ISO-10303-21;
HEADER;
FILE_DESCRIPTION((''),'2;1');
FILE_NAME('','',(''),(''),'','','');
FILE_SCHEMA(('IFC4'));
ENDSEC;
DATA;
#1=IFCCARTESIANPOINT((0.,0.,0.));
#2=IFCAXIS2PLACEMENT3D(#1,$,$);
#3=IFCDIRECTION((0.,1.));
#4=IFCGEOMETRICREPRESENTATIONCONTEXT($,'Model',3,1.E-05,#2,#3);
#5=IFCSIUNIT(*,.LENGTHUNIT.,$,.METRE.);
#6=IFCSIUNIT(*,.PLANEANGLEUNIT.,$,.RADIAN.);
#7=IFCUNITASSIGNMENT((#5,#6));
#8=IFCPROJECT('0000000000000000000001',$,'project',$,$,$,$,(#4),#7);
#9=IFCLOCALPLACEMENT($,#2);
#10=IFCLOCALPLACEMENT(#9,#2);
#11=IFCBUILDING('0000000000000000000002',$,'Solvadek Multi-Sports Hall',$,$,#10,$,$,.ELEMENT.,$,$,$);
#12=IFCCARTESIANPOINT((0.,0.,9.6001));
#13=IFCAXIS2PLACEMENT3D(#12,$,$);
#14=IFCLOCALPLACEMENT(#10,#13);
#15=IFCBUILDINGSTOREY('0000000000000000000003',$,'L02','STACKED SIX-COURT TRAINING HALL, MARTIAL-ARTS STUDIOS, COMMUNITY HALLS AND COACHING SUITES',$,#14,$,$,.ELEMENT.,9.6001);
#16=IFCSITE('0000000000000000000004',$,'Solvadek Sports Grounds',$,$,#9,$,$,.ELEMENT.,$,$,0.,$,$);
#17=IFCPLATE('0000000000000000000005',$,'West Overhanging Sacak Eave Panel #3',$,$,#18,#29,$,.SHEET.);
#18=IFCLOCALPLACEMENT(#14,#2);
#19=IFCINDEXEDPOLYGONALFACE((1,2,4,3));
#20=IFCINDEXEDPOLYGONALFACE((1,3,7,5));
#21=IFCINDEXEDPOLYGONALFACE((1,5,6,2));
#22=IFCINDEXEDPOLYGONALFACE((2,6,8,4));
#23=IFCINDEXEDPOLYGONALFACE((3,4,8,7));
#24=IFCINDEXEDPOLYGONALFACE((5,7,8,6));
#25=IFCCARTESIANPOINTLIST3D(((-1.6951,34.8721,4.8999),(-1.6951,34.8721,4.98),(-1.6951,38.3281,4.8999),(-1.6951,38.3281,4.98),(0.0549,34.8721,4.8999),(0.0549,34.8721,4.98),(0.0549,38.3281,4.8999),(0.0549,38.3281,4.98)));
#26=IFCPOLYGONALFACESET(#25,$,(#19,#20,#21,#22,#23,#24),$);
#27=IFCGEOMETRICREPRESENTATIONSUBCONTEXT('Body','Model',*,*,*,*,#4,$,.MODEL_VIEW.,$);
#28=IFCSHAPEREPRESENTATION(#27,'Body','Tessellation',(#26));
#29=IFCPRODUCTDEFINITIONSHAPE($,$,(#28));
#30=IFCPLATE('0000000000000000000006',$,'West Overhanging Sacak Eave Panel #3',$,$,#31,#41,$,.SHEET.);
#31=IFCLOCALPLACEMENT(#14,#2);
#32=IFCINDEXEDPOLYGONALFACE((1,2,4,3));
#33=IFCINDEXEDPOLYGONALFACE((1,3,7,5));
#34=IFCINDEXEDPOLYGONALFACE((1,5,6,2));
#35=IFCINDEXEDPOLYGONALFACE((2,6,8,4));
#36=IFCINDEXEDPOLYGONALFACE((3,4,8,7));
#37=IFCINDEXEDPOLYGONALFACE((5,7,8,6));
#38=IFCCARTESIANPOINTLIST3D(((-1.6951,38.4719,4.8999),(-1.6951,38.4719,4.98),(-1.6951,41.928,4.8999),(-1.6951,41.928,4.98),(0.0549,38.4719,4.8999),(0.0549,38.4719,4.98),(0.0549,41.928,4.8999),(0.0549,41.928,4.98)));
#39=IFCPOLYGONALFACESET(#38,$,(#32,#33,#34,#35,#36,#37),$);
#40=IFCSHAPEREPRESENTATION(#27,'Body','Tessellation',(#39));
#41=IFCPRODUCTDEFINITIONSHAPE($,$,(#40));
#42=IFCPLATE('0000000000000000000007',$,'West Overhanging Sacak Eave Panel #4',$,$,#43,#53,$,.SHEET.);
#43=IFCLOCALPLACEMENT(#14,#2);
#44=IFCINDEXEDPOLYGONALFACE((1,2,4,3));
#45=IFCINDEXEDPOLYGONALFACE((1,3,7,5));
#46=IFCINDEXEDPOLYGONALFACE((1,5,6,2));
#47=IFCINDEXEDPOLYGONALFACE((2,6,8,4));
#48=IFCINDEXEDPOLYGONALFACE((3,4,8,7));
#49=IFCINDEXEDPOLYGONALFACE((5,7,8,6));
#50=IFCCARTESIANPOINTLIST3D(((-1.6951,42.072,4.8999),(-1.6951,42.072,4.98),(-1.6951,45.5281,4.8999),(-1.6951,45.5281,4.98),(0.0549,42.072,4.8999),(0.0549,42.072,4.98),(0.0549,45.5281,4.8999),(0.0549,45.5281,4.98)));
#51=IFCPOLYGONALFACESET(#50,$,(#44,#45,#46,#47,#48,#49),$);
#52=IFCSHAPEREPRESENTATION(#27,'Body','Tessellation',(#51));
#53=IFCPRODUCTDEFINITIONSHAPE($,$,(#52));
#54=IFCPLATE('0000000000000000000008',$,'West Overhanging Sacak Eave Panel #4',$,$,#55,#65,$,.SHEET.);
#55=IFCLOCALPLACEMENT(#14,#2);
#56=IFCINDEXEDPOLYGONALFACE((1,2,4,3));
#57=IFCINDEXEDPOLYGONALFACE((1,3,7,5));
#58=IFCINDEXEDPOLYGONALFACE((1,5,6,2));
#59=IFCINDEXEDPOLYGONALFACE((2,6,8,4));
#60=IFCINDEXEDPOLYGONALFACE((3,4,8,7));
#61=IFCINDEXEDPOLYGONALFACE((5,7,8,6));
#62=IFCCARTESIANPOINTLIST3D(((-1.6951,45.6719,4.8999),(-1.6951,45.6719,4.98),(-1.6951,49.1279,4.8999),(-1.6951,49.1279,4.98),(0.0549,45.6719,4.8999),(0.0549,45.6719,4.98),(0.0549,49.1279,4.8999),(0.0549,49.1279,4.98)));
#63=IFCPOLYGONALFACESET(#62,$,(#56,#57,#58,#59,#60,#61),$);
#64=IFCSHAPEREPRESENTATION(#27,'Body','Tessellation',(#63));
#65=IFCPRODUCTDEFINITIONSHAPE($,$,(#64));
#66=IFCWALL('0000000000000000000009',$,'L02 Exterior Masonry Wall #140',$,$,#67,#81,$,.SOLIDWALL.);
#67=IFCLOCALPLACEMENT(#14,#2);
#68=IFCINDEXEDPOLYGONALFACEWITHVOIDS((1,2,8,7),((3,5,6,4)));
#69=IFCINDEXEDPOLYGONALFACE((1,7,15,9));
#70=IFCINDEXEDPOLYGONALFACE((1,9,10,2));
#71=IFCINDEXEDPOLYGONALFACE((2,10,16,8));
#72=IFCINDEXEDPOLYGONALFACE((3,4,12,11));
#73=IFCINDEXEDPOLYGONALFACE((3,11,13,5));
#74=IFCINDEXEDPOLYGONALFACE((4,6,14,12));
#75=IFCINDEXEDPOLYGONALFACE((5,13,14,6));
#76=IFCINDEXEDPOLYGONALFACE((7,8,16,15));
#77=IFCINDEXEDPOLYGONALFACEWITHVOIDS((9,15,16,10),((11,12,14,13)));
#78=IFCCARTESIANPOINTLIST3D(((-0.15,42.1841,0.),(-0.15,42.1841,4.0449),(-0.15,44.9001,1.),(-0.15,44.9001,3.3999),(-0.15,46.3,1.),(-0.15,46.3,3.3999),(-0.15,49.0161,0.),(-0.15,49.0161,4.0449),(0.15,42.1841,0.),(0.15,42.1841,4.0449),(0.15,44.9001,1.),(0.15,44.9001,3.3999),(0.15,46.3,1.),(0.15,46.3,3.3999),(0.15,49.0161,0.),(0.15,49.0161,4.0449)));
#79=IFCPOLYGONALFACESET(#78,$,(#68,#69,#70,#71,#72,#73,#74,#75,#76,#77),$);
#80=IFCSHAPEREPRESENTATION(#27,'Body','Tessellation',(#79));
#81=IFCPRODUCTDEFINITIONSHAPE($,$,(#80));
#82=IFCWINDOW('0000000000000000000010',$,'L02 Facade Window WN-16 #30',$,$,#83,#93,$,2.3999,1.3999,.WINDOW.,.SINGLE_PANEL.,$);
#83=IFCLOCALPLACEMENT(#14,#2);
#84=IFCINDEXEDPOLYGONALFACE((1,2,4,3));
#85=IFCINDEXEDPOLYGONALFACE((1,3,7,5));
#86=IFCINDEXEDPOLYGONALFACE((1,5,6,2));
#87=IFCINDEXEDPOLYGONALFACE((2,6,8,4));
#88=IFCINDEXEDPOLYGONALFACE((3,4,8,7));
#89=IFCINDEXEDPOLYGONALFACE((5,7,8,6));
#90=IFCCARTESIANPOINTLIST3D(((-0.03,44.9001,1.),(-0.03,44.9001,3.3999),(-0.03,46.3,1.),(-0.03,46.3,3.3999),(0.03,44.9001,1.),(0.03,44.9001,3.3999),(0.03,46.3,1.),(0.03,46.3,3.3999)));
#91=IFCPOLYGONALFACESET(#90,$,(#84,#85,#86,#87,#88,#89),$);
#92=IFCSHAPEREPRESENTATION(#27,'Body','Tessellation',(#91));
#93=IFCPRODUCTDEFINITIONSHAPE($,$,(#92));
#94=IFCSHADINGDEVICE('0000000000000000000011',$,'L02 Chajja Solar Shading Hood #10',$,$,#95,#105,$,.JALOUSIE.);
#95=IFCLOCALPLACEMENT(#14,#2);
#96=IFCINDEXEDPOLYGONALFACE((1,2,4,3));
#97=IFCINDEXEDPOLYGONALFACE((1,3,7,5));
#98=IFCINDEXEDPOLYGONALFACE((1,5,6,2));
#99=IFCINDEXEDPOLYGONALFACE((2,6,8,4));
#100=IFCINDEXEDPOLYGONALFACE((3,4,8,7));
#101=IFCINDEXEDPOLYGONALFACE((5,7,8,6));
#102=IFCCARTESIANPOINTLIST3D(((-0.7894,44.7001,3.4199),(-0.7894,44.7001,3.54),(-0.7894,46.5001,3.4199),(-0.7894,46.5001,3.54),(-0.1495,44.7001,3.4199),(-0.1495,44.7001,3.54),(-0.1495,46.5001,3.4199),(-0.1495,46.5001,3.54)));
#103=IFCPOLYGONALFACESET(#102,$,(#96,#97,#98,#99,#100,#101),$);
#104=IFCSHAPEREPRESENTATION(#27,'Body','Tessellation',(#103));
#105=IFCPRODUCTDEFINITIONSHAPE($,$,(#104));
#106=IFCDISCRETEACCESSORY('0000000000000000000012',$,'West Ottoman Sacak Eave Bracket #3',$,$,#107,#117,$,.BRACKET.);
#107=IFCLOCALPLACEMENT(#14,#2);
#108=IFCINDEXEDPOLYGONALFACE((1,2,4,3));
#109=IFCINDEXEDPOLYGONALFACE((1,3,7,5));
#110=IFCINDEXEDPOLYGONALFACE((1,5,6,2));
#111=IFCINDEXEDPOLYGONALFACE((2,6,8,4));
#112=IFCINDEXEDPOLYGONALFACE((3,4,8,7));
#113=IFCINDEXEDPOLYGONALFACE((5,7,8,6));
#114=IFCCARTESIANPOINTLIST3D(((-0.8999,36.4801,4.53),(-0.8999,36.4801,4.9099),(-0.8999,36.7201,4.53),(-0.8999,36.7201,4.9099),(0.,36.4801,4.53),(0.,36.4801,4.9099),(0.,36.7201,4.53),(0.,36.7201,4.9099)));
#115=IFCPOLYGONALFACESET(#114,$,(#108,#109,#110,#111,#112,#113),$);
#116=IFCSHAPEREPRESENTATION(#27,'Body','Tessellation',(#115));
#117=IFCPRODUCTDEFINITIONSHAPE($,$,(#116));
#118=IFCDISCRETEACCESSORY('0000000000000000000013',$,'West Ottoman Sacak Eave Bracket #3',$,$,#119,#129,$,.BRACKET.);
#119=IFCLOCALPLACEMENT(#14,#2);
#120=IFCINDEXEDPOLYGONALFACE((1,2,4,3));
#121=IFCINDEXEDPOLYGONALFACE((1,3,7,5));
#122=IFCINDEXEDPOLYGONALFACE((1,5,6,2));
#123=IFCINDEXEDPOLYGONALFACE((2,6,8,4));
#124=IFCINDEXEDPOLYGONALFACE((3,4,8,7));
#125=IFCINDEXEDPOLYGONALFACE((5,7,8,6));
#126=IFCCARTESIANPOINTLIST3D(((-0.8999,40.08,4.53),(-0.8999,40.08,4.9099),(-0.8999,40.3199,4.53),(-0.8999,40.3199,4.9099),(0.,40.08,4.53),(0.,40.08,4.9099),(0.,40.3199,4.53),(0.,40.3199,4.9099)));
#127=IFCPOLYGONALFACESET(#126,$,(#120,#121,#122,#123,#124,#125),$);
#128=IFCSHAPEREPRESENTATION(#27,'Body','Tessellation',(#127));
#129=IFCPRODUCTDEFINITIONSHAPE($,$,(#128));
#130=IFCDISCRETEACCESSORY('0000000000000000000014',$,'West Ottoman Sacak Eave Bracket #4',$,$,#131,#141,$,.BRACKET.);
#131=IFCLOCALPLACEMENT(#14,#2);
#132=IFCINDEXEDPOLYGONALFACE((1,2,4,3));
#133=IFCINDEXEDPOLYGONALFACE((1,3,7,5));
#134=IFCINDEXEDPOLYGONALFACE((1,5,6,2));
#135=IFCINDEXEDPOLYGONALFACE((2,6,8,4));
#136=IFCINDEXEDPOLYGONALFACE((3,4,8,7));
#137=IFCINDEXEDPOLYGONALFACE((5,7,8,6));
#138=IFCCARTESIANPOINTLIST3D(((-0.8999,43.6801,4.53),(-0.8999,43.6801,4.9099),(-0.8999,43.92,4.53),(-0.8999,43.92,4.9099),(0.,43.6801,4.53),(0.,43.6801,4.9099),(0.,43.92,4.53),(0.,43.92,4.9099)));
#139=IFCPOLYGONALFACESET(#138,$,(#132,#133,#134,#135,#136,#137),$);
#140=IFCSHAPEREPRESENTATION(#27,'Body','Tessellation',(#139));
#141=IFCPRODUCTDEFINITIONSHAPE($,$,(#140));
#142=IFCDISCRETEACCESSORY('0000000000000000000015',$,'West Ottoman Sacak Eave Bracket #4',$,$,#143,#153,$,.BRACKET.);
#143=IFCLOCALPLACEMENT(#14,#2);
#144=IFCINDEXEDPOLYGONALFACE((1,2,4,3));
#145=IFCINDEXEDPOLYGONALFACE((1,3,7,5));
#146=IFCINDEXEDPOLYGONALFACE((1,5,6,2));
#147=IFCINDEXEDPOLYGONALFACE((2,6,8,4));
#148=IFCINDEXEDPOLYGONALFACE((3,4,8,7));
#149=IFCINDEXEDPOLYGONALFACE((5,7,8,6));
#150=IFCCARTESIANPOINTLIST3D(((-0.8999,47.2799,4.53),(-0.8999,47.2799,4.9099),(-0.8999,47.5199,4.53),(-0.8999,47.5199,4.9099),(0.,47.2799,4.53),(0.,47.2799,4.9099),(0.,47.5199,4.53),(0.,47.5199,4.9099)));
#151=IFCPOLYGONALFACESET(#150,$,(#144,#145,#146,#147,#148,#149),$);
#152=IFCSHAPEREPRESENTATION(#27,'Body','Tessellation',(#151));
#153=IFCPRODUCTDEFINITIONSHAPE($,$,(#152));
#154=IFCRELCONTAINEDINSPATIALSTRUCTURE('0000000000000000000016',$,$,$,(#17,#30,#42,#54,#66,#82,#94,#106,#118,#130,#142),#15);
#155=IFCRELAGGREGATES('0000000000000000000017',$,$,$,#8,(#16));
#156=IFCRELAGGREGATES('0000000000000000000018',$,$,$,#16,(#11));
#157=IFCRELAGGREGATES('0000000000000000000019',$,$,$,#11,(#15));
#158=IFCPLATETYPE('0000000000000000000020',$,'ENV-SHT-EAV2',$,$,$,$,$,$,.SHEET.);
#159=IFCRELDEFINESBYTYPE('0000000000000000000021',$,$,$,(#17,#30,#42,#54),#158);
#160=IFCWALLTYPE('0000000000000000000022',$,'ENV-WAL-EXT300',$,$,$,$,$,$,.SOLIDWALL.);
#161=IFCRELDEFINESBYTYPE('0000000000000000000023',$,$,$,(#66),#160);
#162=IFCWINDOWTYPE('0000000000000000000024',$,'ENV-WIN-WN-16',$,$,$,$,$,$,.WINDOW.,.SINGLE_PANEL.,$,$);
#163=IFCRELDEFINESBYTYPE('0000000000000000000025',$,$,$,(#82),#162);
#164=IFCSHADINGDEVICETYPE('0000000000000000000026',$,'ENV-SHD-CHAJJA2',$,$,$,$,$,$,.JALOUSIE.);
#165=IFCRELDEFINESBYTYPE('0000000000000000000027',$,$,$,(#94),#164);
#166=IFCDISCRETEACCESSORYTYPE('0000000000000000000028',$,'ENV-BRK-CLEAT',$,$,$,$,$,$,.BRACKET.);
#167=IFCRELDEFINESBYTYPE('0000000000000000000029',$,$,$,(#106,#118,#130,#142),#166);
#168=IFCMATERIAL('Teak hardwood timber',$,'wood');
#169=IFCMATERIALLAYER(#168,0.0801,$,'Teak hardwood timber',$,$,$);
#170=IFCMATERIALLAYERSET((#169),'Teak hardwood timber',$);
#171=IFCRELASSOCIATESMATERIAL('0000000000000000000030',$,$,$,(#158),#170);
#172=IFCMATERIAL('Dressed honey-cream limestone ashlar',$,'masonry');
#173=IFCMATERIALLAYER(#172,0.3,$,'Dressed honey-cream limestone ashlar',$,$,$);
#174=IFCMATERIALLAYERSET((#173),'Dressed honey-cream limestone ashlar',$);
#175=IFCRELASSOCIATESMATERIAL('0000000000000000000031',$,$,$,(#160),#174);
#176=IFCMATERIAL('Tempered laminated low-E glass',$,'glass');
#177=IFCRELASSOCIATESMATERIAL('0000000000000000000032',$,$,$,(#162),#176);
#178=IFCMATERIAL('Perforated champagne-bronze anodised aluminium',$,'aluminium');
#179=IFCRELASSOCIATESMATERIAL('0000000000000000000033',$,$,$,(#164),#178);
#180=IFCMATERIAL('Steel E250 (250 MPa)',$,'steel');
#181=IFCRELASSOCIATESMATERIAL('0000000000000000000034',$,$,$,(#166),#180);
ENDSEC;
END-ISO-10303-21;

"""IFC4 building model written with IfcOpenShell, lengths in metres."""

from ifc_helpers import new_model, si_unit, direction, frame, frame_2d, origin, origin_2d, place, context, subcontext, project, spatial, rectangle, extrude, material, layer, layer_set, type_object, element, fill, save


model = new_model("IFC4")

# Units and contexts
model_context = context("Model", 3, precision=1e-05, world=origin(), true_north=direction((0.0, 1.0)))
body_context = subcontext(model_context, "Body", "Model", "MODEL_VIEW")
ifc_project = project(units=[si_unit("LENGTHUNIT", "METRE"), si_unit("PLANEANGLEUNIT", "RADIAN")], contexts=[model_context])

# Site, building, storey
site_placement = place(None, origin())
site = spatial("IfcSite", under=ifc_project, at=site_placement, Name="Solvadek Sports Grounds", CompositionType="ELEMENT", RefElevation=0.0)
building_placement = place(site_placement, origin())
building = spatial("IfcBuilding", under=site, at=building_placement, Name="Solvadek Multi-Sports Hall", CompositionType="ELEMENT")
storey_placement = place(building_placement, frame((0.0, 0.0, 9.6001)))
storey = spatial("IfcBuildingStorey", under=building, at=storey_placement, Name="L02", Description="STACKED SIX-COURT TRAINING HALL, MARTIAL-ARTS STUDIOS, COMMUNITY HALLS AND COACHING SUITES", CompositionType="ELEMENT", Elevation=9.6001)

# Plates
ifc_material_1 = material(Name="Teak hardwood timber", Category="wood")
ifc_layer_1 = layer(ifc_material_1, 0.0801, Name="Teak hardwood timber")
ifc_layer_set_1 = layer_set([ifc_layer_1], Name="Teak hardwood timber")
plate_type = type_object("IfcPlateType", Name="ENV-SHT-EAV2", PredefinedType="SHEET", material=ifc_layer_set_1)
for number, where, z_axis, x_axis, name in (
    (1, (-0.8201, 36.6001, 4.8999), (0.0, 0.0, 1.0), (1.0, 0.0, 0.0), "West Overhanging Sacak Eave Panel #3"),
    (2, (-0.8201, 40.2, 4.8999), (0.0, 0.0, 1.0), (1.0, 0.0, 0.0), "West Overhanging Sacak Eave Panel #3"),
    (3, (-0.8201, 43.8, 4.8999), (0.0, 0.0, 1.0), (1.0, 0.0, 0.0), "West Overhanging Sacak Eave Panel #4"),
    (4, (-0.8201, 47.3999, 4.8999), (0.0, 0.0, 1.0), (1.0, 0.0, 0.0), "West Overhanging Sacak Eave Panel #4"),
):
    element("IfcPlate", number, at=place(storey_placement, frame(where, z_axis=z_axis, x_axis=x_axis)), inside=storey, type_object=plate_type, Name=name, PredefinedType="SHEET", context=body_context, shape_type="SweptSolid", body=[
        extrude(rectangle(XDim=1.75, YDim=3.4561, at=origin_2d()), origin(), (0.0, 0.0, 1.0), 0.0801),
    ])

# Wall, opening, window
ifc_material_2 = material(Name="Dressed honey-cream limestone ashlar", Category="masonry")
ifc_layer_2 = layer(ifc_material_2, 0.3, Name="Dressed honey-cream limestone ashlar")
ifc_layer_set_2 = layer_set([ifc_layer_2], Name="Dressed honey-cream limestone ashlar")
wall_type = type_object("IfcWallType", Name="ENV-WAL-EXT300", PredefinedType="SOLIDWALL", material=ifc_layer_set_2)
wall_placement = place(storey_placement, frame((0.0, 42.1841, 0.0), z_axis=(0.0, 0.0, 1.0), x_axis=(0.0, 1.0, 0.0)))
wall = element("IfcWall", 5, at=wall_placement, inside=storey, type_object=wall_type, Name="L02 Exterior Masonry Wall #140", PredefinedType="SOLIDWALL", context=body_context, shape_type="SweptSolid", body=[
    extrude(rectangle(XDim=6.832, YDim=0.3, at=frame_2d((3.416, 0.0))), origin(), (0.0, 0.0, 1.0), 4.0449),
])
opening_placement = place(wall_placement, frame((2.7161, 0.0, 1.0)))
opening = element("IfcOpeningElement", 6, at=opening_placement, cuts=wall, PredefinedType="OPENING", context=body_context, shape_type="SweptSolid", body=[
    extrude(rectangle(XDim=1.3999, YDim=2.3999, at=frame_2d((0.7, 1.2))), frame((0.0, 0.1599, 0.0), z_axis=(0.0, -1.0, 0.0), x_axis=(1.0, 0.0, 0.0)), (0.0, 0.0, 1.0), 0.3201),
])
ifc_material_3 = material(Name="Tempered laminated low-E glass", Category="glass")
window_type = type_object("IfcWindowType", Name="ENV-WIN-WN-16", PartitioningType="SINGLE_PANEL", PredefinedType="WINDOW", material=ifc_material_3)
window_placement = place(opening_placement, origin())
window = element("IfcWindow", 7, at=window_placement, inside=storey, type_object=window_type, Name="L02 Facade Window WN-16 #30", OverallHeight=2.3999, OverallWidth=1.3999, PartitioningType="SINGLE_PANEL", PredefinedType="WINDOW", context=body_context, shape_type="SweptSolid", body=[
    extrude(rectangle(XDim=1.3999, YDim=2.3999, at=frame_2d((0.7, 1.2))), frame((0.0, 0.03, 0.0), z_axis=(0.0, -1.0, 0.0), x_axis=(1.0, 0.0, 0.0)), (0.0, 0.0, 1.0), 0.0601),
])
fill(opening, window)

# Shading device
ifc_material_4 = material(Name="Perforated champagne-bronze anodised aluminium", Category="aluminium")
shading_device_type = type_object("IfcShadingDeviceType", Name="ENV-SHD-CHAJJA2", PredefinedType="JALOUSIE", material=ifc_material_4)
shading_device_placement = place(storey_placement, frame((-0.4695, 45.6001, 3.4199), z_axis=(0.0, 0.0, 1.0), x_axis=(0.0, 1.0, 0.0)))
element("IfcShadingDevice", 8, at=shading_device_placement, inside=storey, type_object=shading_device_type, Name="L02 Chajja Solar Shading Hood #10", PredefinedType="JALOUSIE", context=body_context, shape_type="SweptSolid", body=[
    extrude(rectangle(XDim=1.8, YDim=0.6399, at=origin_2d()), origin(), (0.0, 0.0, 1.0), 0.1201),
])

# Discrete accessories
ifc_material_5 = material(Name="Steel E250 (250 MPa)", Category="steel")
discrete_accessory_type = type_object("IfcDiscreteAccessoryType", Name="ENV-BRK-CLEAT", PredefinedType="BRACKET", material=ifc_material_5)
for number, where, z_axis, x_axis, name in (
    (9, (-0.45, 36.6001, 4.53), (0.0, 0.0, 1.0), (1.0, 0.0, 0.0), "West Ottoman Sacak Eave Bracket #3"),
    (10, (-0.45, 40.2, 4.53), (0.0, 0.0, 1.0), (1.0, 0.0, 0.0), "West Ottoman Sacak Eave Bracket #3"),
    (11, (-0.45, 43.8, 4.53), (0.0, 0.0, 1.0), (1.0, 0.0, 0.0), "West Ottoman Sacak Eave Bracket #4"),
    (12, (-0.45, 47.3999, 4.53), (0.0, 0.0, 1.0), (1.0, 0.0, 0.0), "West Ottoman Sacak Eave Bracket #4"),
):
    element("IfcDiscreteAccessory", number, at=place(storey_placement, frame(where, z_axis=z_axis, x_axis=x_axis)), inside=storey, type_object=discrete_accessory_type, Name=name, PredefinedType="BRACKET", context=body_context, shape_type="SweptSolid", body=[
        extrude(rectangle(XDim=0.8999, YDim=0.24, at=origin_2d()), origin(), (0.0, 0.0, 1.0), 0.3799),
    ])

save(model, "model.ifc")
